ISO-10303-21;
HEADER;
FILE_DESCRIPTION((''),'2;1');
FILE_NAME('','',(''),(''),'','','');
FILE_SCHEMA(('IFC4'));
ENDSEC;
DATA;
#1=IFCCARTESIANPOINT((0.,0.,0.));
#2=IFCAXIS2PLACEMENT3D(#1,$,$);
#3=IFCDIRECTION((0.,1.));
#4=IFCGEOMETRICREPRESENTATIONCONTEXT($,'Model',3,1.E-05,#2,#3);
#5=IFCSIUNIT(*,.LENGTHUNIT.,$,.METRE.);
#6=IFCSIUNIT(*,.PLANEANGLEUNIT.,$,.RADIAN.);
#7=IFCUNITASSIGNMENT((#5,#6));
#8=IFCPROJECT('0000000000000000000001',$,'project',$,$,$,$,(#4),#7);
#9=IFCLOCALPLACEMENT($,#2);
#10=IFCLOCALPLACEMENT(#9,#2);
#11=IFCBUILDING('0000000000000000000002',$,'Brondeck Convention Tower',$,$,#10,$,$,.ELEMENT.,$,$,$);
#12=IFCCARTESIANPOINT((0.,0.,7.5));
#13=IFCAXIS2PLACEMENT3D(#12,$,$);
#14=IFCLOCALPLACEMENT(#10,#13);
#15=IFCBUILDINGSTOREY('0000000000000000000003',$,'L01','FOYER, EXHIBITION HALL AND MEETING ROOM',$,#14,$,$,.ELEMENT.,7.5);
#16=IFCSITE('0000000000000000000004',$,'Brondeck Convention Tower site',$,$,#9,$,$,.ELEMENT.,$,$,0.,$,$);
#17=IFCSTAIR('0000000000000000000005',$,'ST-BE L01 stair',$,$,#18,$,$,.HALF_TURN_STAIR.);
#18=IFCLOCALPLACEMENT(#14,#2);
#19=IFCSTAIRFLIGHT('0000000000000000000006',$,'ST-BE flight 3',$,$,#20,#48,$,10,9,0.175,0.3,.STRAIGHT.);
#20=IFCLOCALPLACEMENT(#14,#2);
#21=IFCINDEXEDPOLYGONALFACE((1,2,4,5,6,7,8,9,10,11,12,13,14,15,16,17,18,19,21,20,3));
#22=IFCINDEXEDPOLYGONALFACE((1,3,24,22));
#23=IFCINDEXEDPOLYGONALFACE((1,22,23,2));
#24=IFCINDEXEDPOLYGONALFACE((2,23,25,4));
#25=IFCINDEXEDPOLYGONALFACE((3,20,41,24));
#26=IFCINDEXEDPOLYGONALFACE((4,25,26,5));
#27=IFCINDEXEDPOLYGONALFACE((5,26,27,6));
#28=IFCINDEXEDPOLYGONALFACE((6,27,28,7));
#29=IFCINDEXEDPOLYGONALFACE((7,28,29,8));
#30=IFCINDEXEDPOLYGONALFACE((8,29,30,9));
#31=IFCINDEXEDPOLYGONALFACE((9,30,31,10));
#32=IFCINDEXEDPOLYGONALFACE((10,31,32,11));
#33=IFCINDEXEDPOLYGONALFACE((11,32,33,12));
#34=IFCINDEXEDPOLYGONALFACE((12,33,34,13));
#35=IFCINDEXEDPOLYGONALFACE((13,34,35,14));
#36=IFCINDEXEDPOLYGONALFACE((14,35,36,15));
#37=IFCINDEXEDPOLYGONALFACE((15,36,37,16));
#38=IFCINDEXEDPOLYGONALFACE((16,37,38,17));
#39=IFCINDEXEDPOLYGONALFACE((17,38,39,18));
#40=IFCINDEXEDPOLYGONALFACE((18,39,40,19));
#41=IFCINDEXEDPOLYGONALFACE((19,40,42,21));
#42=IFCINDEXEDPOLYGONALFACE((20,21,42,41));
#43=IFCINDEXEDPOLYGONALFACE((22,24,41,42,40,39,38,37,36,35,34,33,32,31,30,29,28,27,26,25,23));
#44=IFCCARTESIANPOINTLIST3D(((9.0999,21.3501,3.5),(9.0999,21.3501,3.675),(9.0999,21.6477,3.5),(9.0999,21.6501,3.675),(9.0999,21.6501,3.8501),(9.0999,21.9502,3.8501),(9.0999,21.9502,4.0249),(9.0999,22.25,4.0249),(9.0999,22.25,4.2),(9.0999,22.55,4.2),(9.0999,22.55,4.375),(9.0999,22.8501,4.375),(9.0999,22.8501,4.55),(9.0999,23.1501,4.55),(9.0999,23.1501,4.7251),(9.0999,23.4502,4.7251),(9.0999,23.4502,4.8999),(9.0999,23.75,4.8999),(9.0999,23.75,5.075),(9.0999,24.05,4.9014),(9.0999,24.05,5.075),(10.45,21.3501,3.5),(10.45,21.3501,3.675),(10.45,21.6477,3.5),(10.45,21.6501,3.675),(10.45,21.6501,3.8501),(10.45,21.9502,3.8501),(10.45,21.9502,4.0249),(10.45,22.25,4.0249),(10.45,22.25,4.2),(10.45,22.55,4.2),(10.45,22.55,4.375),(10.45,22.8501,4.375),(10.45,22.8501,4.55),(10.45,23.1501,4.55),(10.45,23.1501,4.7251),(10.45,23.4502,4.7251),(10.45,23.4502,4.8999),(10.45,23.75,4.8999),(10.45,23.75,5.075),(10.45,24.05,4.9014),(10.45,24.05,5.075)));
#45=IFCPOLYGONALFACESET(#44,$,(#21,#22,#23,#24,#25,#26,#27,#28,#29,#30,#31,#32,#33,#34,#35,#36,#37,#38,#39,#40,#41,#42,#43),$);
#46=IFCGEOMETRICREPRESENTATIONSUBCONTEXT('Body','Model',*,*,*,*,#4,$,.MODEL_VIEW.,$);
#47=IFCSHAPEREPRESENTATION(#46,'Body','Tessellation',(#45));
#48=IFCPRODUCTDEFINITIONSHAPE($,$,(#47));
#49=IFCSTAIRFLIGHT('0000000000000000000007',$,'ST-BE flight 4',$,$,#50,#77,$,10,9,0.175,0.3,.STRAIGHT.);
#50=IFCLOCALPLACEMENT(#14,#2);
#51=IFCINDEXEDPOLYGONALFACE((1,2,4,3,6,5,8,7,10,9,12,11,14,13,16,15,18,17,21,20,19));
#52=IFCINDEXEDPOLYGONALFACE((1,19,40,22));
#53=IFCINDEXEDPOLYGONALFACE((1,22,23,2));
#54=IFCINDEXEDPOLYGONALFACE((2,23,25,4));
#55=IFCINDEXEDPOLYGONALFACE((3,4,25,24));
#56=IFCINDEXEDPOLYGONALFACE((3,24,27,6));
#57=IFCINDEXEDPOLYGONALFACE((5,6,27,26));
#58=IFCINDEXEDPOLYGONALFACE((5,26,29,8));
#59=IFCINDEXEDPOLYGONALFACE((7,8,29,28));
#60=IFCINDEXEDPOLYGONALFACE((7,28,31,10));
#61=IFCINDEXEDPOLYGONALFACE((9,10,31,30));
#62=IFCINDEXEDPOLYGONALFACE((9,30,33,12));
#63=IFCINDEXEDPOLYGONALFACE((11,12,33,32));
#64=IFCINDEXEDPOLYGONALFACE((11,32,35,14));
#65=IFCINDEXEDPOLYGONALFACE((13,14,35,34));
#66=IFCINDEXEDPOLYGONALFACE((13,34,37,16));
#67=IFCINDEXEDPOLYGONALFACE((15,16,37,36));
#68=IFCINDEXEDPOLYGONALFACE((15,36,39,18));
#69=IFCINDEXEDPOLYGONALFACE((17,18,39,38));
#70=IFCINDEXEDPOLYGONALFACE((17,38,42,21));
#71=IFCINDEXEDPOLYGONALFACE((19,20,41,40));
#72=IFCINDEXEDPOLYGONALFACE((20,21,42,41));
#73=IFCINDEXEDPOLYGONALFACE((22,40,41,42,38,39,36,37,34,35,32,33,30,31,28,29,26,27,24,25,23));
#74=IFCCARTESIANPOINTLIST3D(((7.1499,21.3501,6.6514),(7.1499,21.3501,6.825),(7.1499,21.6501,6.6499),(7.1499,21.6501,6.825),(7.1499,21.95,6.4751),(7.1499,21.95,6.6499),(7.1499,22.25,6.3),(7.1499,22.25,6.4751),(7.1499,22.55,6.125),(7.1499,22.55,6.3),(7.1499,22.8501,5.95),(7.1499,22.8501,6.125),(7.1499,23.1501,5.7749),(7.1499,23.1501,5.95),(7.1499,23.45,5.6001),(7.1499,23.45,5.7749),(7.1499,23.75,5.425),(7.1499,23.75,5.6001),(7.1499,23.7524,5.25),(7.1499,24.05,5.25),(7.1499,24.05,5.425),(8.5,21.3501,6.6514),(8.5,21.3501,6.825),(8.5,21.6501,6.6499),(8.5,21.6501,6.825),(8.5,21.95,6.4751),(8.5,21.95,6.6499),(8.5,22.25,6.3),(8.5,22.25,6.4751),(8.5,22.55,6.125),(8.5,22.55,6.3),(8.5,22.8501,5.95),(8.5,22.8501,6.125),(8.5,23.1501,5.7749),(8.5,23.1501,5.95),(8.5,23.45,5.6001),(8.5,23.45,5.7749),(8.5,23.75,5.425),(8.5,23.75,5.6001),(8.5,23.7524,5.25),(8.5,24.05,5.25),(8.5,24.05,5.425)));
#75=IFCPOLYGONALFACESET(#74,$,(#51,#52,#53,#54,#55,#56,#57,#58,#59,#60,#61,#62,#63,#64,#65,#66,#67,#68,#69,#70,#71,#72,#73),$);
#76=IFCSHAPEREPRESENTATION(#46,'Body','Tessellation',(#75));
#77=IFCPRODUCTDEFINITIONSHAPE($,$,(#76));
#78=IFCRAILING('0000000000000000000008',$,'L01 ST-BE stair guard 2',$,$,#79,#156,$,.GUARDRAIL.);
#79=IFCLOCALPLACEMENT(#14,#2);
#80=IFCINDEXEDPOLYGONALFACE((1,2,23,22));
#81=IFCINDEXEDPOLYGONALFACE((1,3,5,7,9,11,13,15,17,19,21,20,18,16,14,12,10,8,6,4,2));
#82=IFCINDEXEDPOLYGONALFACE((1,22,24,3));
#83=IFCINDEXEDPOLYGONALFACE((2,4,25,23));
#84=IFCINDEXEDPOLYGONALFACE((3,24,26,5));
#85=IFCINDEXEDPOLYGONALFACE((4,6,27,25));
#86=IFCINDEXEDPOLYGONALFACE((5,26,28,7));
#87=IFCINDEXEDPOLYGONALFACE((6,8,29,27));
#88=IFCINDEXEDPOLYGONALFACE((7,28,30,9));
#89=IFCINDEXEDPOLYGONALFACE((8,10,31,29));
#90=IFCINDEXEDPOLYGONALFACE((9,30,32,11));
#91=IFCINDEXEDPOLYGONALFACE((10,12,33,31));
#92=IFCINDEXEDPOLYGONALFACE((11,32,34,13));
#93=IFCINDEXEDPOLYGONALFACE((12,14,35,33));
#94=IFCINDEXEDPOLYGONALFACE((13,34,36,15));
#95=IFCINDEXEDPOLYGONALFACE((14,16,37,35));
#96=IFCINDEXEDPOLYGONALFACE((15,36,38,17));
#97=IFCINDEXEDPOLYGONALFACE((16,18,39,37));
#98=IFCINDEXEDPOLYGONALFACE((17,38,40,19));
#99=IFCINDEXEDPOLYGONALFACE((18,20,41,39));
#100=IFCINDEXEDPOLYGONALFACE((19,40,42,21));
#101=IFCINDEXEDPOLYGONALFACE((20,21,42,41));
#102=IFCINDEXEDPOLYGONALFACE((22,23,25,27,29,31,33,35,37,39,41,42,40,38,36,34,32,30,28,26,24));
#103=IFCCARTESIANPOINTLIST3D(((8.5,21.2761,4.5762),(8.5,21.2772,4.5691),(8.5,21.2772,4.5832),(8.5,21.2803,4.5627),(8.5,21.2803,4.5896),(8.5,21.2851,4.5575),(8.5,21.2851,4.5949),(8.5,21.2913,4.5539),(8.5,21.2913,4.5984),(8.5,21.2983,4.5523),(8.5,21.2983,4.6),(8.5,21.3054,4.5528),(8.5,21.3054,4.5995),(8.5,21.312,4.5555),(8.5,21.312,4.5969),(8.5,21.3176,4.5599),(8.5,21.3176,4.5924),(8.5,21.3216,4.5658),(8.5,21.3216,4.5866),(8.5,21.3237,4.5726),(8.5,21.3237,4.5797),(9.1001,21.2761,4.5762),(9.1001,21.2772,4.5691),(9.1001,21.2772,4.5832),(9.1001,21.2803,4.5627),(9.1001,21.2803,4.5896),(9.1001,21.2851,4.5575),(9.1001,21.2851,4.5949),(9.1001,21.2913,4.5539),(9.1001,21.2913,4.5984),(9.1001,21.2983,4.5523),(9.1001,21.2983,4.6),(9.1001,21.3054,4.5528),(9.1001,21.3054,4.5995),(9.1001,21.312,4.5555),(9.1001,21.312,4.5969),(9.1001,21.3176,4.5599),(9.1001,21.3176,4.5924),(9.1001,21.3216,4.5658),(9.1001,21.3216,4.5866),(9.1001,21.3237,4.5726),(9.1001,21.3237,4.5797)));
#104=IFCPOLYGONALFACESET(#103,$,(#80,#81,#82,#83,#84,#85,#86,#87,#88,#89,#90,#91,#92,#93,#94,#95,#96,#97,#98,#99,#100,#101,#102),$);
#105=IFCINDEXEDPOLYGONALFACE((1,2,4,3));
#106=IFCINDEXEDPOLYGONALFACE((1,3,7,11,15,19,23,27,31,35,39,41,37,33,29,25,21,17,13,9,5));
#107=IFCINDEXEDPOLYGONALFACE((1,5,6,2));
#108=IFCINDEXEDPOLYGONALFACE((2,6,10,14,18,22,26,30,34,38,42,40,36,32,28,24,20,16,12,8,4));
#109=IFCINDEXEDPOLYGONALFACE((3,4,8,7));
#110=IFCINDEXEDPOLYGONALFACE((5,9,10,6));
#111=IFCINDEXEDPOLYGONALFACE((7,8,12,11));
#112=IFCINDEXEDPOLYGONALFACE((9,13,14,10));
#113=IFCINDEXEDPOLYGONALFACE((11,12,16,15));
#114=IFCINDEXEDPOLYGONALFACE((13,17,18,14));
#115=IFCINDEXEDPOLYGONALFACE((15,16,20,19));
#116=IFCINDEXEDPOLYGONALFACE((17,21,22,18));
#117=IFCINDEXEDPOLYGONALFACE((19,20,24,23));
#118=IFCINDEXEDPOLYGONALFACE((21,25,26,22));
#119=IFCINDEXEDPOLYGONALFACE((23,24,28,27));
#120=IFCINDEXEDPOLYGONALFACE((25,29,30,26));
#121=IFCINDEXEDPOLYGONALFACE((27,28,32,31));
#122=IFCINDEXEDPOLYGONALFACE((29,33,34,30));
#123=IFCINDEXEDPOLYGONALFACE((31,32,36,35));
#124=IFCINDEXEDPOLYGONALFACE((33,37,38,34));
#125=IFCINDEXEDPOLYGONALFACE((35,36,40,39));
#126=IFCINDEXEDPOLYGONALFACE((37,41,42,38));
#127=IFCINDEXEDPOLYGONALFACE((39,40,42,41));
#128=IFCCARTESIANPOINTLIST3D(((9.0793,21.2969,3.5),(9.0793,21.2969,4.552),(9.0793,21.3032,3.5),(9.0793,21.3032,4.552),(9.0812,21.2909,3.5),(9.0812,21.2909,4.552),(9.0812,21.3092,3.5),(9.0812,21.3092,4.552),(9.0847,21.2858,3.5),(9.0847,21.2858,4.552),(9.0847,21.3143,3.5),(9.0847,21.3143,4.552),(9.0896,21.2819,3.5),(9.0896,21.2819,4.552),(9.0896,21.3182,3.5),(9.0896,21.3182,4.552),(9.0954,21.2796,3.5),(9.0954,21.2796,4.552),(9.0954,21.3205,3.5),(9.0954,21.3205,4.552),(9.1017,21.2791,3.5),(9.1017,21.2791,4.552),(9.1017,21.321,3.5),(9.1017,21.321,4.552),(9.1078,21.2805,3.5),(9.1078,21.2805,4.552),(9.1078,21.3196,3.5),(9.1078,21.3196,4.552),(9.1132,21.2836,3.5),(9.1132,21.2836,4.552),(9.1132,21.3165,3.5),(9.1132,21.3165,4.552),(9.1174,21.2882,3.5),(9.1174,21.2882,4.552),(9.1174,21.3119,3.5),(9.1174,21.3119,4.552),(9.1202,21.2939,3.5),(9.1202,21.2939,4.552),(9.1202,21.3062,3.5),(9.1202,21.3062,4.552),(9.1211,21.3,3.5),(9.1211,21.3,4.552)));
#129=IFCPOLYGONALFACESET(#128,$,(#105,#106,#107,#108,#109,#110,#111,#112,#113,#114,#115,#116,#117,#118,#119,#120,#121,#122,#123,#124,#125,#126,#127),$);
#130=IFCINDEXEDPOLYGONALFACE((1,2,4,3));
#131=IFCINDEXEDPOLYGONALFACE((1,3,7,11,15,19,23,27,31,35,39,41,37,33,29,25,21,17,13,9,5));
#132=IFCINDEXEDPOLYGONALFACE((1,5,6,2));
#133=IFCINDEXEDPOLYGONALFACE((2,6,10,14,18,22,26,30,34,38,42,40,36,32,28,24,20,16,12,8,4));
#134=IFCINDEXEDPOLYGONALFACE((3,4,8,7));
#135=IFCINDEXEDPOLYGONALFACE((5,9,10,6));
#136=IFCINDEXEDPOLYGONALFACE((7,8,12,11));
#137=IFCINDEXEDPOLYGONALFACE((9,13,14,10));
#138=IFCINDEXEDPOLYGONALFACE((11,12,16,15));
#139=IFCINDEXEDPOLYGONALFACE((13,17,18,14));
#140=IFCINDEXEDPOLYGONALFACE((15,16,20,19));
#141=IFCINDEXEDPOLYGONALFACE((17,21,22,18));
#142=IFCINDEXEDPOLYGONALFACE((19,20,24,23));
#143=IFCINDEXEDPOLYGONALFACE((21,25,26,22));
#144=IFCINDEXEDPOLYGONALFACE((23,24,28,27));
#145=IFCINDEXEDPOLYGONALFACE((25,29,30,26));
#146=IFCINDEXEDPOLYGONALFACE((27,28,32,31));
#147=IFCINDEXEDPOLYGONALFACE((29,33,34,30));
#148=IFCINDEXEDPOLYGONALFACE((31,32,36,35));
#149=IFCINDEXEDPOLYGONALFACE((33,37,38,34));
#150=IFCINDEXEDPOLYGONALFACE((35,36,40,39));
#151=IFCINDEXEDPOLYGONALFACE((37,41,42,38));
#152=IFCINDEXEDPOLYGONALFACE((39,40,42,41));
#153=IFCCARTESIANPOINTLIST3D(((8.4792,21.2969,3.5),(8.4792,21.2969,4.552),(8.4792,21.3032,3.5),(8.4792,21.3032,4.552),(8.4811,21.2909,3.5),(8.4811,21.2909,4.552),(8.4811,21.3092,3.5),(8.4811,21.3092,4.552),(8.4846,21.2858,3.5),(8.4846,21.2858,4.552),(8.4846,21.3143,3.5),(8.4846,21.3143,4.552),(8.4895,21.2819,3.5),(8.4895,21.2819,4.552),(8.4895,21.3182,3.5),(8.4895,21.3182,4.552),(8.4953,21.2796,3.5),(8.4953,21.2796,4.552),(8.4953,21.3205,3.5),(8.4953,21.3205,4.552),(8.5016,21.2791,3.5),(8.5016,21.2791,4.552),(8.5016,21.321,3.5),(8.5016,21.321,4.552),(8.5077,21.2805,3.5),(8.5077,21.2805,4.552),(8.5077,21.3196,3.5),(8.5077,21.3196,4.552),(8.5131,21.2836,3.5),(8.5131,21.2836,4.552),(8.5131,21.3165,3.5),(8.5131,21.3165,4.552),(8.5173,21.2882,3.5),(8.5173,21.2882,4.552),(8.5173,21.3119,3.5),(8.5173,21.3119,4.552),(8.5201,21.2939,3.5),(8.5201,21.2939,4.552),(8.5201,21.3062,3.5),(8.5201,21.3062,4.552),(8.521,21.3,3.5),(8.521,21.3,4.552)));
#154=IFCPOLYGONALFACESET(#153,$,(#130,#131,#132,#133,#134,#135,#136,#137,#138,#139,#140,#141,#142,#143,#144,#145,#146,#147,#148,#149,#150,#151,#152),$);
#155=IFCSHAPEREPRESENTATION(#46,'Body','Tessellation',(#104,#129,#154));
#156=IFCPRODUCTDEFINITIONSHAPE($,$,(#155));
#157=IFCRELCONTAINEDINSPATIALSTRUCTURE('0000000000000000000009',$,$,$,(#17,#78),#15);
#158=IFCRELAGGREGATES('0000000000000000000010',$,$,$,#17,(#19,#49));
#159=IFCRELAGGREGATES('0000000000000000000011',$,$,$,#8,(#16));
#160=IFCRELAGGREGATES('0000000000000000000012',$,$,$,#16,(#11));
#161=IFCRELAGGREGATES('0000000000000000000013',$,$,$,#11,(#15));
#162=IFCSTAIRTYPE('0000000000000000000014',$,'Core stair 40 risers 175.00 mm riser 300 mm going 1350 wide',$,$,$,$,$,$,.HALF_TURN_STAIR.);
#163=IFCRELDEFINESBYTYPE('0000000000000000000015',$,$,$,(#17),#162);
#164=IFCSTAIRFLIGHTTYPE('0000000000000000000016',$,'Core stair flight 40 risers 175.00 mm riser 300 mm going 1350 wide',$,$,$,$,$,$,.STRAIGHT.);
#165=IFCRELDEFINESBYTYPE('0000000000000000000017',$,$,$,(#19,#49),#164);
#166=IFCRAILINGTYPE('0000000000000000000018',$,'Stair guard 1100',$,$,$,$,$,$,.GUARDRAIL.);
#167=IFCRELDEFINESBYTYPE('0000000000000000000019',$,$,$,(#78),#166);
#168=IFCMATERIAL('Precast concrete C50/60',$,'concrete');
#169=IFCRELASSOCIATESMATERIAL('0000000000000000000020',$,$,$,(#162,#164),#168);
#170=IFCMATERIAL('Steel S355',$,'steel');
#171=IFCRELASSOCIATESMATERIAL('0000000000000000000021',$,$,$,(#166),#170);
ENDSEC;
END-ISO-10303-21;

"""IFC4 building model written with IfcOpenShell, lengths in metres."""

from ifc_helpers import new_model, si_unit, direction, frame, origin, origin_2d, place, context, subcontext, project, spatial, polyline, circle, outline, extrude, material, type_object, element, aggregate, save


model = new_model("IFC4")

# Units and contexts
model_context = context("Model", 3, precision=1e-05, world=origin(), true_north=direction((0.0, 1.0)))
body_context = subcontext(model_context, "Body", "Model", "MODEL_VIEW")
ifc_project = project(units=[si_unit("LENGTHUNIT", "METRE"), si_unit("PLANEANGLEUNIT", "RADIAN")], contexts=[model_context])

# Site, building, storey
site_placement = place(None, origin())
site = spatial("IfcSite", under=ifc_project, at=site_placement, Name="Brondeck Convention Tower site", CompositionType="ELEMENT", RefElevation=0.0)
building_placement = place(site_placement, origin())
building = spatial("IfcBuilding", under=site, at=building_placement, Name="Brondeck Convention Tower", CompositionType="ELEMENT")
storey_placement = place(building_placement, frame((0.0, 0.0, 7.5)))
storey = spatial("IfcBuildingStorey", under=building, at=storey_placement, Name="L01", Description="FOYER, EXHIBITION HALL AND MEETING ROOM", CompositionType="ELEMENT", Elevation=7.5)

# Shared definitions
ifc_material_1 = material(Name="Steel S355", Category="steel")

# Stair, stair flights
ifc_material_2 = material(Name="Precast concrete C50/60", Category="concrete")
stair_type = type_object("IfcStairType", Name="Core stair 40 risers 175.00 mm riser 300 mm going 1350 wide", PredefinedType="HALF_TURN_STAIR", material=ifc_material_2)
stair_placement = place(storey_placement, origin())
stair = element("IfcStair", 1, at=stair_placement, inside=storey, type_object=stair_type, Name="ST-BE L01 stair", PredefinedType="HALF_TURN_STAIR")
stair_flight_type = type_object("IfcStairFlightType", Name="Core stair flight 40 risers 175.00 mm riser 300 mm going 1350 wide", PredefinedType="STRAIGHT", material=ifc_material_2)
stair_flight_1_placement = place(storey_placement, frame((9.7749, 21.3501, 3.5), z_axis=(0.0, 0.0, 1.0), x_axis=(0.0, 1.0, 0.0)))
stair_flight_1 = element("IfcStairFlight", 2, at=stair_flight_1_placement, type_object=stair_flight_type, Name="ST-BE flight 3", NumberOfRisers=10, NumberOfTreads=9, PredefinedType="STRAIGHT", RiserHeight=0.175, TreadLength=0.3, context=body_context, shape_type="SweptSolid", body=[
    extrude(outline(polyline([(0.0, 0.0), (0.0, 0.175), (0.3, 0.175), (0.3, 0.3501), (0.6001, 0.3501), (0.6001, 0.5249), (0.8999, 0.5249), (0.8999, 0.7), (1.2, 0.7), (1.2, 0.875), (1.5, 0.875), (1.5, 1.05), (1.8, 1.05), (1.8, 1.2251), (2.1001, 1.2251), (2.1001, 1.3999), (2.3999, 1.3999), (2.3999, 1.575), (2.7, 1.575), (2.7, 1.75), (2.7, 1.4014), (0.2976, 0.0), (0.0, 0.0)])), frame((0.0, 0.675, 0.0), z_axis=(0.0, -1.0, 0.0), x_axis=(1.0, 0.0, 0.0)), (0.0, 0.0, 1.0), 1.3501),
])
stair_flight_2_placement = place(storey_placement, frame((7.825, 24.05, 5.25), z_axis=(0.0, 0.0, 1.0), x_axis=(0.0, -1.0, 0.0)))
stair_flight_2 = element("IfcStairFlight", 3, at=stair_flight_2_placement, type_object=stair_flight_type, Name="ST-BE flight 4", NumberOfRisers=10, NumberOfTreads=9, PredefinedType="STRAIGHT", RiserHeight=0.175, TreadLength=0.3, context=body_context, shape_type="SweptSolid", body=[
    extrude(outline(polyline([(0.0, 0.0), (0.0, 0.175), (0.3, 0.175), (0.3, 0.3501), (0.6001, 0.3501), (0.6001, 0.5249), (0.8999, 0.5249), (0.8999, 0.7), (1.2, 0.7), (1.2, 0.875), (1.5, 0.875), (1.5, 1.05), (1.8, 1.05), (1.8, 1.2251), (2.1001, 1.2251), (2.1001, 1.3999), (2.3999, 1.3999), (2.3999, 1.575), (2.7, 1.575), (2.7, 1.75), (2.7, 1.4014), (0.2976, 0.0), (0.0, 0.0)])), frame((0.0, 0.675, 0.0), z_axis=(0.0, -1.0, 0.0), x_axis=(1.0, 0.0, 0.0)), (0.0, 0.0, 1.0), 1.3501),
])
aggregate(stair, [stair_flight_1, stair_flight_2])

# Railing
railing_type_1 = type_object("IfcRailingType", Name="Stair guard 1100", PredefinedType="GUARDRAIL", material=ifc_material_1)
railing_1_placement = place(storey_placement, frame((9.1001, 21.3, 3.5)))
element("IfcRailing", 4, at=railing_1_placement, inside=storey, type_object=railing_type_1, Name="L01 ST-BE stair guard 2", PredefinedType="GUARDRAIL", context=body_context, shape_type="SweptSolid", body=[
    extrude(circle(Radius=0.0239, at=origin_2d()), frame((0.0, 0.0, 1.0762), z_axis=(-1.0, 0.0, 0.0), x_axis=(0.0, -1.0, 0.0)), (0.0, 0.0, 1.0), 0.6001),
    extrude(circle(Radius=0.021, at=origin_2d()), origin(), (0.0, 0.0, 1.0), 1.052),
    extrude(circle(Radius=0.021, at=origin_2d()), frame((-0.6001, 0.0, 0.0)), (0.0, 0.0, 1.0), 1.052),
])

save(model, "model.ifc")
